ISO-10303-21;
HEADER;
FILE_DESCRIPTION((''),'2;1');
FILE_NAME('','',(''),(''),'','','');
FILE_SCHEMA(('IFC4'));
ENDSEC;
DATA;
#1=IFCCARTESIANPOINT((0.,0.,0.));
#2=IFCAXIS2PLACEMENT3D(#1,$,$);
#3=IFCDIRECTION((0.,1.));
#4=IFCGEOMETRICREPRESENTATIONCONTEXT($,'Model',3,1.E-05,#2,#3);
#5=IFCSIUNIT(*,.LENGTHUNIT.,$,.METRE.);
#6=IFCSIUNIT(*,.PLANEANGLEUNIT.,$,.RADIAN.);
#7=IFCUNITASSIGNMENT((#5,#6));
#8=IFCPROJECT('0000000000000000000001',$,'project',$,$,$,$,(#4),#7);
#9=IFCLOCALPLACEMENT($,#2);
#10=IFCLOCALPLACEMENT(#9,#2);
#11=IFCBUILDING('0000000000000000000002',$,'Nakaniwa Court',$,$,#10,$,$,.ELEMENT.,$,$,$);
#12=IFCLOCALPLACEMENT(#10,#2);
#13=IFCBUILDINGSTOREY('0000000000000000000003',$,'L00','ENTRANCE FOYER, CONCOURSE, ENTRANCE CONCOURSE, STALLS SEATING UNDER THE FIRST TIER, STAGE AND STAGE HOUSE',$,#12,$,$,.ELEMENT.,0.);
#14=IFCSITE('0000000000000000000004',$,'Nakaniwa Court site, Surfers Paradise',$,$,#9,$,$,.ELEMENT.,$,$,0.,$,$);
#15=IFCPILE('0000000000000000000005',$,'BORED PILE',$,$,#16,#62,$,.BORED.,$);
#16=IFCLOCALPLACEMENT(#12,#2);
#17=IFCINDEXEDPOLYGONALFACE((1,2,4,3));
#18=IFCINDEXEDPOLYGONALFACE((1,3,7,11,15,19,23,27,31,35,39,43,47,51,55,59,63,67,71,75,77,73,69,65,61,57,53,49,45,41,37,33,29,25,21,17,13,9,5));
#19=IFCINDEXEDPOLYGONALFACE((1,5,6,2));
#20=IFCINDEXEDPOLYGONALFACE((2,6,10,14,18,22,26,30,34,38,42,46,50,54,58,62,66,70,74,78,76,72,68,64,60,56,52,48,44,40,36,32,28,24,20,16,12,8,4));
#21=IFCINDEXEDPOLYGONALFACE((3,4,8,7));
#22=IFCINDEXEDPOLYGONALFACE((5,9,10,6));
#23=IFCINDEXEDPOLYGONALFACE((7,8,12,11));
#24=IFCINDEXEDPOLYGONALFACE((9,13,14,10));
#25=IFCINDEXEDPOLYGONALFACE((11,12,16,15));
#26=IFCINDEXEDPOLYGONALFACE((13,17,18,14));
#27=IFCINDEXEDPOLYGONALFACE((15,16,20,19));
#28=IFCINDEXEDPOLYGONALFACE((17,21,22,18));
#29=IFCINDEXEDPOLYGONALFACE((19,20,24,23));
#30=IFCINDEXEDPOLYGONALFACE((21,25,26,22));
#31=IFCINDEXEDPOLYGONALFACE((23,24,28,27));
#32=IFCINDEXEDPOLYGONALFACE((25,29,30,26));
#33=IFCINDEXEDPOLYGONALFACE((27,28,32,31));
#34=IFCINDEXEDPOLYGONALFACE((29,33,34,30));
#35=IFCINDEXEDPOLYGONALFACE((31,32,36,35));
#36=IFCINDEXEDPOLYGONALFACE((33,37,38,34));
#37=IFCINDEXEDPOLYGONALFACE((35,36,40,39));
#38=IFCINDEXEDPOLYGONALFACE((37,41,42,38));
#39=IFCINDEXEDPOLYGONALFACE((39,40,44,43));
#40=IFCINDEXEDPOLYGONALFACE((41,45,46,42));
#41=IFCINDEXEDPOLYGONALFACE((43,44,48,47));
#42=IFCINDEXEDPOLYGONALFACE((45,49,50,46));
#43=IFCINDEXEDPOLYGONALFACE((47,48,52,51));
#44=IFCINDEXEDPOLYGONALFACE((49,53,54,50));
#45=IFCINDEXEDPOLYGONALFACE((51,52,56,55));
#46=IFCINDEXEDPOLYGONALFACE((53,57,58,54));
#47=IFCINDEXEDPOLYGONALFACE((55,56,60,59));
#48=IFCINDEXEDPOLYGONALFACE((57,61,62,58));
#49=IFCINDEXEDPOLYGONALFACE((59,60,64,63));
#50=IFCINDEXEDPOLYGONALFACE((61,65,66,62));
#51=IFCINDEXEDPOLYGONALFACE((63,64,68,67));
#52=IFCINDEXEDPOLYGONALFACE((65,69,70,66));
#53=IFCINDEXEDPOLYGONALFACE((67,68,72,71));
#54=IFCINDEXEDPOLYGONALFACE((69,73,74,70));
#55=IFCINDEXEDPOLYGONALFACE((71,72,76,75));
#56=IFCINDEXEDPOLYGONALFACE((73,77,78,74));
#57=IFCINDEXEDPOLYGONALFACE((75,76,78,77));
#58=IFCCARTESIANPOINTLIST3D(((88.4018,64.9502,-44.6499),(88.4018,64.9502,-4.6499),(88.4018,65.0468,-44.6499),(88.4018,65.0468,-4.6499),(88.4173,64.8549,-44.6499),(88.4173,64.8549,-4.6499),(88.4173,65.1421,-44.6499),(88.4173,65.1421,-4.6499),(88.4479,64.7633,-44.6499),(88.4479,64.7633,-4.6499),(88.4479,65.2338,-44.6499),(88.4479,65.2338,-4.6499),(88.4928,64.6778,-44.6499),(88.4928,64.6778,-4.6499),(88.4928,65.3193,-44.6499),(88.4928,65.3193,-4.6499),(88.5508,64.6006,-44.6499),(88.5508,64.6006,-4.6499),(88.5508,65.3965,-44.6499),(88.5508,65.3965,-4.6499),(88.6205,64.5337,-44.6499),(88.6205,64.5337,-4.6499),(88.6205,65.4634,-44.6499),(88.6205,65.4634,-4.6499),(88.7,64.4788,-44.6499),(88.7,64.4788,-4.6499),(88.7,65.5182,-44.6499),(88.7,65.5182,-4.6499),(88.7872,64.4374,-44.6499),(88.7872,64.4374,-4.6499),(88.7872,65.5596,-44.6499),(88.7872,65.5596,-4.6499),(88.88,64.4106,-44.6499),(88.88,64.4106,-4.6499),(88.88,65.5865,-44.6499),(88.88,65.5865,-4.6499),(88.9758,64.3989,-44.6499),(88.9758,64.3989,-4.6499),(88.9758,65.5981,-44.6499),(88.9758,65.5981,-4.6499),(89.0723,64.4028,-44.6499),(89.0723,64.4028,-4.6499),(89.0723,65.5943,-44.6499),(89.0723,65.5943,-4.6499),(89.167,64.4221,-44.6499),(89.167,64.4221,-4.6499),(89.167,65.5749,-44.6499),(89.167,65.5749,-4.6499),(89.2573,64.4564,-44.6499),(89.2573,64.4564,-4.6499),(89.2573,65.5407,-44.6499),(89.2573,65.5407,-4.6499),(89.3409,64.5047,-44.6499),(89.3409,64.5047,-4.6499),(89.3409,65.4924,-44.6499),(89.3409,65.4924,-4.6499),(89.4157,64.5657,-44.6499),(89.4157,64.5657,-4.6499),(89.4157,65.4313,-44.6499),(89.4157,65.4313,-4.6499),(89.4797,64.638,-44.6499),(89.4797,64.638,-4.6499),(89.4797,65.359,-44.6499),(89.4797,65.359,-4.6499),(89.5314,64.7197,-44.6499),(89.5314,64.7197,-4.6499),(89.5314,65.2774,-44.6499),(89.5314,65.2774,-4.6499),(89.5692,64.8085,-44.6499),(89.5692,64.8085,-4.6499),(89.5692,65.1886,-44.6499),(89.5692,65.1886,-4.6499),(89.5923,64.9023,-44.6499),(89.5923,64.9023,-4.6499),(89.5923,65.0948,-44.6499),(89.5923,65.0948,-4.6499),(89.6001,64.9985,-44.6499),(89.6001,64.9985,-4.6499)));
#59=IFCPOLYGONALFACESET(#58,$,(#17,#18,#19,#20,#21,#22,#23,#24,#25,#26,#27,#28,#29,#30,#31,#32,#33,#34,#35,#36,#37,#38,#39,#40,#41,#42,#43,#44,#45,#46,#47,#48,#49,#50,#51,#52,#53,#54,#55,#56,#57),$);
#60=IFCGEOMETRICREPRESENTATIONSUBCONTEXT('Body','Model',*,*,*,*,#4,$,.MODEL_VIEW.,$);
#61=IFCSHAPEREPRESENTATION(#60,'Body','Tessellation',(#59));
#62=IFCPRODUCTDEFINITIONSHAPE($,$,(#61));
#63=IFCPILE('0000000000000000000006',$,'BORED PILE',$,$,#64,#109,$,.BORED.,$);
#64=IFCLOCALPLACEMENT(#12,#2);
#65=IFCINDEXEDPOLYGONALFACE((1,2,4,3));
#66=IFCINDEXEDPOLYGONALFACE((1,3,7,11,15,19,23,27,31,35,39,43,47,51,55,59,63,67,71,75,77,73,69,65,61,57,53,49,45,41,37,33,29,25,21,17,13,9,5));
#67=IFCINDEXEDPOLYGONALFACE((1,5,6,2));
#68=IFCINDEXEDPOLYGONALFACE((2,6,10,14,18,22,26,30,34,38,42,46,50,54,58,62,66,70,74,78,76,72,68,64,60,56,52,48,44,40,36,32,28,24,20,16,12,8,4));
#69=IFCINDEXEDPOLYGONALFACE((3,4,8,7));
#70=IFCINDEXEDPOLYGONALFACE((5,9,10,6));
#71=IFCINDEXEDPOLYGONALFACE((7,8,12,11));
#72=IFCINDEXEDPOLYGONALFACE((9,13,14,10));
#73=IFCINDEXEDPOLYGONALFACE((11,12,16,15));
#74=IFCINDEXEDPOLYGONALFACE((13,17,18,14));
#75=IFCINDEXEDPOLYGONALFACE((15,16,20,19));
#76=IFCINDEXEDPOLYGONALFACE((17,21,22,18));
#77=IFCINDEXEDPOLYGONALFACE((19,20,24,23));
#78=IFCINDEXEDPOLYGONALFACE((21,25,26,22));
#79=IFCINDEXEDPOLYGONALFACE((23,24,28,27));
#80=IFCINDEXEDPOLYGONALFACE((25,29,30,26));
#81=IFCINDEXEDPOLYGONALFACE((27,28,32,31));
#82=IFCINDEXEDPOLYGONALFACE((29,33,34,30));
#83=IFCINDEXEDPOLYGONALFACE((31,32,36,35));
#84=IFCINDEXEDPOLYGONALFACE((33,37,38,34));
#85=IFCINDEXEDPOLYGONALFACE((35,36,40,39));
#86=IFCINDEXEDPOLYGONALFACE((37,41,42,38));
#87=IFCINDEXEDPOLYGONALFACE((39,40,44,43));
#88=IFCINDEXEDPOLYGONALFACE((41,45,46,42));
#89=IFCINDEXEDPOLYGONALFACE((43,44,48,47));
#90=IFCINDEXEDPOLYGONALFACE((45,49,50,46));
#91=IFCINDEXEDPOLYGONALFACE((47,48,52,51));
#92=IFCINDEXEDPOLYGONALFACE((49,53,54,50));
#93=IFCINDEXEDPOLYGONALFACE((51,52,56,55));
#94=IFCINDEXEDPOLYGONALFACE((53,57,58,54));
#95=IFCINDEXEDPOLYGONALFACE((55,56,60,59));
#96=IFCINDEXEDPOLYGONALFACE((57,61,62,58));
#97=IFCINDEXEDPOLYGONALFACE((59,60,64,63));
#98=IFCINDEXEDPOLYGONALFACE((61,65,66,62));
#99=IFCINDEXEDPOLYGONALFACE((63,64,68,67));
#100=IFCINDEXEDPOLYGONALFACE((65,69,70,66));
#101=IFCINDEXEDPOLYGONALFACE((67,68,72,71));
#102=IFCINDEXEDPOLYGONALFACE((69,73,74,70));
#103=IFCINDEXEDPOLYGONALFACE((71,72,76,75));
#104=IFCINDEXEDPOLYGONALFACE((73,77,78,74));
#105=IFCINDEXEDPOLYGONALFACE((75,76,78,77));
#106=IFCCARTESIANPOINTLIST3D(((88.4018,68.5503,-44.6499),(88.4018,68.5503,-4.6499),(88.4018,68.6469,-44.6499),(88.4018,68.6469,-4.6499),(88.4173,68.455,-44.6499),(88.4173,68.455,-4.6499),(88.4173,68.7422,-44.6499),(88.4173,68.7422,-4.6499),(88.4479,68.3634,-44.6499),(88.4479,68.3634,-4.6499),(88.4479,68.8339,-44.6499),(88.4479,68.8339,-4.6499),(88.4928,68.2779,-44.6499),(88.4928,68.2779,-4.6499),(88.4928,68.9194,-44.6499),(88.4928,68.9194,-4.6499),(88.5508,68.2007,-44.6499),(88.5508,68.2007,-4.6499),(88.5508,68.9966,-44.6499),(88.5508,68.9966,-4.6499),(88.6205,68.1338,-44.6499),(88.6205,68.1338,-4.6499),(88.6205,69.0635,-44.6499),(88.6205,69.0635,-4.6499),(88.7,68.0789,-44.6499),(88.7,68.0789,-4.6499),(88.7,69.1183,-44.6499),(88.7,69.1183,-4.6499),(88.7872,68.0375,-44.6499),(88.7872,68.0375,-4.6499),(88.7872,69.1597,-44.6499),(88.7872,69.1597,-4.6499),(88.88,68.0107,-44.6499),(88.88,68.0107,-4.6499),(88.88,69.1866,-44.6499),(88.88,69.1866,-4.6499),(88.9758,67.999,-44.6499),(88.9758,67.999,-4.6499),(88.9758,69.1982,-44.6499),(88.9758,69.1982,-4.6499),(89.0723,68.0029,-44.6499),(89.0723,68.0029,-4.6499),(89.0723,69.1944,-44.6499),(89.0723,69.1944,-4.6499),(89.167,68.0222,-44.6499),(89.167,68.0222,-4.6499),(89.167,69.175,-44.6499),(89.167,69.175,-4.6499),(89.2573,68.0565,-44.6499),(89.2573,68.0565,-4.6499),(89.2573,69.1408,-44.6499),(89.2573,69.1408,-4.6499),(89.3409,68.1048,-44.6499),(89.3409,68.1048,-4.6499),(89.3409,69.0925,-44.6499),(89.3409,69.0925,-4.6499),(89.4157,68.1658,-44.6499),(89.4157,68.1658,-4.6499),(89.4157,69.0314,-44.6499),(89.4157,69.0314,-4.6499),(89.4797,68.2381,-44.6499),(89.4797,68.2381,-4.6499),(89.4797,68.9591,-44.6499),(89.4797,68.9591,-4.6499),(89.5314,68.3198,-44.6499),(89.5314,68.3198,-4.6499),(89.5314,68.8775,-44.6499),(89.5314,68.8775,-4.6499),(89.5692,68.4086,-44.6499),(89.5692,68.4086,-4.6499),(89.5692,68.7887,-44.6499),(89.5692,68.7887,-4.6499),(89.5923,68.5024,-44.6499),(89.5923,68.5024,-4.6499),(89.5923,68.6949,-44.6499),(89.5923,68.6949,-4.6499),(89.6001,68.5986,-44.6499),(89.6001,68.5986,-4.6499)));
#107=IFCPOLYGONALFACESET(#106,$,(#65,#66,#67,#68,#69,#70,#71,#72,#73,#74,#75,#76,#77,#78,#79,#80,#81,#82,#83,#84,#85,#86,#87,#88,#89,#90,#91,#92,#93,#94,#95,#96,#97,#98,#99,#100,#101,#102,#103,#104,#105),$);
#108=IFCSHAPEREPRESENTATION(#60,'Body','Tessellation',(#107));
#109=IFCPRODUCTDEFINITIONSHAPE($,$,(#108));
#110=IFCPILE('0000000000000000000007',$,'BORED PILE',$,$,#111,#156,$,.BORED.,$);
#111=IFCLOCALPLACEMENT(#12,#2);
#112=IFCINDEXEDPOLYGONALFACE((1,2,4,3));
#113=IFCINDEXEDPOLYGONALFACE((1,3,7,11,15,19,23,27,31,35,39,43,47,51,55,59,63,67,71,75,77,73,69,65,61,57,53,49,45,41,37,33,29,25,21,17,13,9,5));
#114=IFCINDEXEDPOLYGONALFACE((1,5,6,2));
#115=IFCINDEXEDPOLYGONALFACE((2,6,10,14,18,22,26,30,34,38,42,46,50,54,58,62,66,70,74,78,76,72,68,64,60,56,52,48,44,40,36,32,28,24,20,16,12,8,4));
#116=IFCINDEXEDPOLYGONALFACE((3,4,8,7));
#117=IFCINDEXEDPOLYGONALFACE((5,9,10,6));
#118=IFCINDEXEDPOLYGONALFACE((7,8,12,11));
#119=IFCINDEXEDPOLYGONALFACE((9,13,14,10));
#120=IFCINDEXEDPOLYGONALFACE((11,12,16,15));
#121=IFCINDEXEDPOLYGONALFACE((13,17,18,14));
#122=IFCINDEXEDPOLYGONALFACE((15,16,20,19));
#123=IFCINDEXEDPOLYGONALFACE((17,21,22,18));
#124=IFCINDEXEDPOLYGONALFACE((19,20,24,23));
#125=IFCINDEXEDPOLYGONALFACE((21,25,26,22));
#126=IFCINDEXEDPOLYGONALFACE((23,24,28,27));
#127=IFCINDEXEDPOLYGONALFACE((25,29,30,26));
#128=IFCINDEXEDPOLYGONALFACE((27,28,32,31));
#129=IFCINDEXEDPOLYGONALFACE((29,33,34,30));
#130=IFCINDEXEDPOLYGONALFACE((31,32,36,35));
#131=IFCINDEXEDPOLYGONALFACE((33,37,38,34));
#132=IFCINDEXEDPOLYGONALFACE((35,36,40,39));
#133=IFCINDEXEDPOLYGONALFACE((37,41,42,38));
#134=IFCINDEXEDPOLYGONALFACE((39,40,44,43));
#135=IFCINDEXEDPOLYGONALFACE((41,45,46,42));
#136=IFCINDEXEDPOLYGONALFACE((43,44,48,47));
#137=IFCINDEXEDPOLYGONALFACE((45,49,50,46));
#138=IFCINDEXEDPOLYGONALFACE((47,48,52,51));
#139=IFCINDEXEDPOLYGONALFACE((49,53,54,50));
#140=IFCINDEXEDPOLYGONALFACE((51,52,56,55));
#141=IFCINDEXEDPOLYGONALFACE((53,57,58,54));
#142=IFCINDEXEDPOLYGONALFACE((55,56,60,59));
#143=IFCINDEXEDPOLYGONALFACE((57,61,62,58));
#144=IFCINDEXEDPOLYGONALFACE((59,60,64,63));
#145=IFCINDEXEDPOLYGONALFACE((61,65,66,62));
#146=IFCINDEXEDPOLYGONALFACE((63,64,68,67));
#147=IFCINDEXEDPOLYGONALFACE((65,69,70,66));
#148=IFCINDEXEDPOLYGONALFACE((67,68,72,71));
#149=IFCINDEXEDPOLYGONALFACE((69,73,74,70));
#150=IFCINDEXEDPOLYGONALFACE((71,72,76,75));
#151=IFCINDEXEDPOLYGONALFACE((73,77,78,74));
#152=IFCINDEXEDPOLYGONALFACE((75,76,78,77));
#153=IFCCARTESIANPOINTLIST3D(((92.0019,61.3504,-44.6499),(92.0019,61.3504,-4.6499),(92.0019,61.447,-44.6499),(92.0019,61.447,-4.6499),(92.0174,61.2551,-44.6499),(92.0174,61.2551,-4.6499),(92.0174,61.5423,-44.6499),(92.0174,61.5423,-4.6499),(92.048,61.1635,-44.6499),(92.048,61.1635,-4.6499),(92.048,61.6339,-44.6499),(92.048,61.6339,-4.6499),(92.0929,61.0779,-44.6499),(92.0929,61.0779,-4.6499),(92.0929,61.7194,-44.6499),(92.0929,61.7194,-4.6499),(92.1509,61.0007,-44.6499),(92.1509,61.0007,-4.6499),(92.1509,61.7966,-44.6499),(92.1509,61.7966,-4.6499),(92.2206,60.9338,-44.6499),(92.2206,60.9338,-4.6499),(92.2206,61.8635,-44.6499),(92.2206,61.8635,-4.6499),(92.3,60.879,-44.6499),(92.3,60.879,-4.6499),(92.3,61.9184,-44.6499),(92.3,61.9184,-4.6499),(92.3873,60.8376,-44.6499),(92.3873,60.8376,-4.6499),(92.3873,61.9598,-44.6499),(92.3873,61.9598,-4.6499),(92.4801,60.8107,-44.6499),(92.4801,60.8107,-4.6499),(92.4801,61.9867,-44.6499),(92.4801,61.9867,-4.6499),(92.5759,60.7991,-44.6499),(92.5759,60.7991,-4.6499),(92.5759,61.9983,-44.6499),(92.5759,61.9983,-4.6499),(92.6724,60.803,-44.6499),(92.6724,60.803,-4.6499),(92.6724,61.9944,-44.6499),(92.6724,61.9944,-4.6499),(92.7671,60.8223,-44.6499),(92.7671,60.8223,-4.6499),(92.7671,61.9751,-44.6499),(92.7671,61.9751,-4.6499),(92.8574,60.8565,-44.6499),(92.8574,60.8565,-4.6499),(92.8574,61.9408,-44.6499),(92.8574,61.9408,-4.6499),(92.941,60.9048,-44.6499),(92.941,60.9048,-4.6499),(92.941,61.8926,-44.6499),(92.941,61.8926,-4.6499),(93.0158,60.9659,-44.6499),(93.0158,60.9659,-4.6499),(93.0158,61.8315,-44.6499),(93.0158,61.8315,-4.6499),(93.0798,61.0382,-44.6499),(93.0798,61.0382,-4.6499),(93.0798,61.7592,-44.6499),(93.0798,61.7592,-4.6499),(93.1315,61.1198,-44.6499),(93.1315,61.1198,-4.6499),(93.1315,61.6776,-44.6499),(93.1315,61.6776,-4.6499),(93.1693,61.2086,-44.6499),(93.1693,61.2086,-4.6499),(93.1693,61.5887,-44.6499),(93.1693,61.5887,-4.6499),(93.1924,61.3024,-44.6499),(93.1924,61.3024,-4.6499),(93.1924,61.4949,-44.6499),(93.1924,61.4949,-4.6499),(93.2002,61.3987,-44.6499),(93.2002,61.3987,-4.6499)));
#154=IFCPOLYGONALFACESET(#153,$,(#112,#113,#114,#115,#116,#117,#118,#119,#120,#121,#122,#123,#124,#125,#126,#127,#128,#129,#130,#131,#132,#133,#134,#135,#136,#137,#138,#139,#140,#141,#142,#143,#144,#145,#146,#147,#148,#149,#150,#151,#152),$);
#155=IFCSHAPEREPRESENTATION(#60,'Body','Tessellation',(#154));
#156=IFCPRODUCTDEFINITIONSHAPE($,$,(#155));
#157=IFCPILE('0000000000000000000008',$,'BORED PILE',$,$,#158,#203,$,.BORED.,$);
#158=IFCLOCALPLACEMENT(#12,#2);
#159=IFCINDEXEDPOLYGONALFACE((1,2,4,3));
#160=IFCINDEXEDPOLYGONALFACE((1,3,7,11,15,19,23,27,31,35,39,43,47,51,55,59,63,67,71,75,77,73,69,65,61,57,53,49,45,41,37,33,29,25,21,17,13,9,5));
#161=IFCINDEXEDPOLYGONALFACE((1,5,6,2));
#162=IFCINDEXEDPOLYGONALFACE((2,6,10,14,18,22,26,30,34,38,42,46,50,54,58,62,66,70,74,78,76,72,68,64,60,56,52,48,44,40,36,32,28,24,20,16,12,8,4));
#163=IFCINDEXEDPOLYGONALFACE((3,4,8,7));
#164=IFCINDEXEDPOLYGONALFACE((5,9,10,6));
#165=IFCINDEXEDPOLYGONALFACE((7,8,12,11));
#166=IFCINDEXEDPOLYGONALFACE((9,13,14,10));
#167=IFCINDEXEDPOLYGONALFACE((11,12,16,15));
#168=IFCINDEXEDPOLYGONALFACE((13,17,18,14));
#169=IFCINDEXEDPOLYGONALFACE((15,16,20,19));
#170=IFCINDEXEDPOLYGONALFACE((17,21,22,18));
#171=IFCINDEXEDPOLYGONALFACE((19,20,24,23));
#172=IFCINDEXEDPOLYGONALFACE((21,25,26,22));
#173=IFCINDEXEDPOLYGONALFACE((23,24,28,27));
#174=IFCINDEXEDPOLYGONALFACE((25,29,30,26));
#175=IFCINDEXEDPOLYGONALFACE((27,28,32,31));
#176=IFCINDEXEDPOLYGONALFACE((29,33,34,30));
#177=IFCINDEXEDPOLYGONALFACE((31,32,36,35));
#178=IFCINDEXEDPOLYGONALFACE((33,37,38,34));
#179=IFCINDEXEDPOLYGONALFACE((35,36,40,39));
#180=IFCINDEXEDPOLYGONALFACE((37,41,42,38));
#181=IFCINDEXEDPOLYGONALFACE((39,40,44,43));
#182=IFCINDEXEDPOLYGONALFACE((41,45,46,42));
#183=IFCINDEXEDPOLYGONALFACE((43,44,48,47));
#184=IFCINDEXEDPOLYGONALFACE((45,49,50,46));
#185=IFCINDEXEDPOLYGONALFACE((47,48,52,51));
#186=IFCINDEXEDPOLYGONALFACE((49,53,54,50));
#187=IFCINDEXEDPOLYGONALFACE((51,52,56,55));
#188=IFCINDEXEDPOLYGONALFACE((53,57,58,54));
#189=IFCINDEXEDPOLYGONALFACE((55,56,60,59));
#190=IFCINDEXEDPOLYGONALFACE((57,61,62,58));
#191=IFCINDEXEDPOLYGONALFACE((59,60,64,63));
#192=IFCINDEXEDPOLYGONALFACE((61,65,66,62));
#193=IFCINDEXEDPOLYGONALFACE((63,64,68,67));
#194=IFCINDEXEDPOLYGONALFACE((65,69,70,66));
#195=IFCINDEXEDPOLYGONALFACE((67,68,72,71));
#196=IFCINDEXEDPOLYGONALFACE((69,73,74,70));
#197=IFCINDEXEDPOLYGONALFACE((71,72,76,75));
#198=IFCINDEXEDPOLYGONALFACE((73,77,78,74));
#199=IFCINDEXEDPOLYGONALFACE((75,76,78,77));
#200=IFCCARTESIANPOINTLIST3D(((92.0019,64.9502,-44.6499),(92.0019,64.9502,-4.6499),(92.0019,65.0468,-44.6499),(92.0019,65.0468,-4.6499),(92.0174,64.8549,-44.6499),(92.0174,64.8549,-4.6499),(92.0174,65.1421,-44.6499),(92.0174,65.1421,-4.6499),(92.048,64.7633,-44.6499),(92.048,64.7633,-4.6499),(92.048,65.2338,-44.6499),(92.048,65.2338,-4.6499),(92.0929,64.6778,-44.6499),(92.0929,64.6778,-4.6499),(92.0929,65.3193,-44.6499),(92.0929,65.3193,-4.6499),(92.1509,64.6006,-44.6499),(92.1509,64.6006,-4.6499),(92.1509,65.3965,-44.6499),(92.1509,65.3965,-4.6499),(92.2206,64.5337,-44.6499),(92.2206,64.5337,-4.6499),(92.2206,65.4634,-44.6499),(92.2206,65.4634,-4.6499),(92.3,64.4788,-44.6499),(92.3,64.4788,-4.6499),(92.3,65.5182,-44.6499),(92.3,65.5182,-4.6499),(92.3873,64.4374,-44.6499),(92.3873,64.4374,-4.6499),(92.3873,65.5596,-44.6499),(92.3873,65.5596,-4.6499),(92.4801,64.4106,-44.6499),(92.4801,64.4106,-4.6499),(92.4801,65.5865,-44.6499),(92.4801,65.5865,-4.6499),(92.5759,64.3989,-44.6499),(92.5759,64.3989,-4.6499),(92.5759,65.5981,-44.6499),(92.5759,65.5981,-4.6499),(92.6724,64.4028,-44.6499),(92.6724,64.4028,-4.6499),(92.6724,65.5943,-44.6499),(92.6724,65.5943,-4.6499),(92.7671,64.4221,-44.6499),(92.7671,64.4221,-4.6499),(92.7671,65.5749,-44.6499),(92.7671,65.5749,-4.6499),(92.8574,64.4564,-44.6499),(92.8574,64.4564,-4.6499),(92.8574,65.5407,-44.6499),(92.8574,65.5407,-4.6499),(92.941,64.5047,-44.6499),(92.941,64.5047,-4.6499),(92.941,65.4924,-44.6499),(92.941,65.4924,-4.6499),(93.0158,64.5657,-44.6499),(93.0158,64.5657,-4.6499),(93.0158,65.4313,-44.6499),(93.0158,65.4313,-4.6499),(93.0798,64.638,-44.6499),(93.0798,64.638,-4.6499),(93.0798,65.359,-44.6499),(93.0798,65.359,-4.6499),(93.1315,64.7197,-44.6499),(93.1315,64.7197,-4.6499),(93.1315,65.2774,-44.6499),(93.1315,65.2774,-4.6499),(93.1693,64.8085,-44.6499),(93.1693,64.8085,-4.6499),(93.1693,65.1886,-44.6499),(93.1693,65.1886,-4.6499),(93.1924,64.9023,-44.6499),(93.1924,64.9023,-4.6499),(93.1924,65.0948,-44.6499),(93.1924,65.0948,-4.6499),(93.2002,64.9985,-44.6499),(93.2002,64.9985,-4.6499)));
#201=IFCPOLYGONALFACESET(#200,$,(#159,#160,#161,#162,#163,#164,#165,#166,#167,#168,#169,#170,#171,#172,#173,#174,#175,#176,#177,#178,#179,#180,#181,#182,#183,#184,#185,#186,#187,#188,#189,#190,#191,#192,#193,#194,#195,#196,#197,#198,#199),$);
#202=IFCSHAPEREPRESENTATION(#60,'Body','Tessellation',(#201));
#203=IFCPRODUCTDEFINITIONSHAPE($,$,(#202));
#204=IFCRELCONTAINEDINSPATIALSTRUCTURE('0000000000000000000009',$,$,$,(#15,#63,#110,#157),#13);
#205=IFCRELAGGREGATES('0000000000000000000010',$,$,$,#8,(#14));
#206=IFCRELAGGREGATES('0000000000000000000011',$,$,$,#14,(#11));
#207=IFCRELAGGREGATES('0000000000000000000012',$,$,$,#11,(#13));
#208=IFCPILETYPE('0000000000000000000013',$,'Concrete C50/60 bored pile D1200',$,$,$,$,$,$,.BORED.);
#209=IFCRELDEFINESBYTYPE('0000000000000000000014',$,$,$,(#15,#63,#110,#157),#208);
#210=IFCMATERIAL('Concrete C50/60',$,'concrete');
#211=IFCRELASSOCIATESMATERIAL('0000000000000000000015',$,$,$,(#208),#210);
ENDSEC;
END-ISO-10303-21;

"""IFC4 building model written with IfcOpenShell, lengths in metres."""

from ifc_helpers import new_model, si_unit, direction, frame, origin, origin_2d, place, context, subcontext, project, spatial, circle, extrude, material, material_profile, profile_set, type_object, element, save


model = new_model("IFC4")

# Units and contexts
model_context = context("Model", 3, precision=1e-05, world=origin(), true_north=direction((0.0, 1.0)))
body_context = subcontext(model_context, "Body", "Model", "MODEL_VIEW")
ifc_project = project(units=[si_unit("LENGTHUNIT", "METRE"), si_unit("PLANEANGLEUNIT", "RADIAN")], contexts=[model_context])

# Site, building, storey
site_placement = place(None, origin())
site = spatial("IfcSite", under=ifc_project, at=site_placement, Name="Nakaniwa Court site, Surfers Paradise", CompositionType="ELEMENT", RefElevation=0.0)
building_placement = place(site_placement, origin())
building = spatial("IfcBuilding", under=site, at=building_placement, Name="Nakaniwa Court", CompositionType="ELEMENT")
storey_placement = place(building_placement, origin())
storey = spatial("IfcBuildingStorey", under=building, at=storey_placement, Name="L00", Description="ENTRANCE FOYER, CONCOURSE, ENTRANCE CONCOURSE, STALLS SEATING UNDER THE FIRST TIER, STAGE AND STAGE HOUSE", CompositionType="ELEMENT", Elevation=0.0)

# Piles
ifc_material_1 = material(Name="Concrete C50/60", Category="concrete")
ifc_material_profile_1 = material_profile(ifc_material_1, circle(Radius=0.6001, at=origin_2d()), Name="Concrete C50/60 bored pile D1200")
ifc_profile_set_1 = profile_set([ifc_material_profile_1], Name="Concrete C50/60")
pile_type = type_object("IfcPileType", Name="Concrete C50/60 bored pile D1200", PredefinedType="BORED", material=ifc_profile_set_1)
for number, where, z_axis, x_axis, name in (
    (1, (89.0, 64.9985, -4.6499), (0.0, 0.0, -1.0), (1.0, 0.0, 0.0), "BORED PILE"),
    (2, (89.0, 68.5986, -4.6499), (0.0, 0.0, -1.0), (1.0, 0.0, 0.0), "BORED PILE"),
    (3, (92.6001, 61.3987, -4.6499), (0.0, 0.0, -1.0), (1.0, 0.0, 0.0), "BORED PILE"),
    (4, (92.6001, 64.9985, -4.6499), (0.0, 0.0, -1.0), (1.0, 0.0, 0.0), "BORED PILE"),
):
    element("IfcPile", number, at=place(storey_placement, frame(where, z_axis=z_axis, x_axis=x_axis)), inside=storey, type_object=pile_type, Name=name, PredefinedType="BORED", context=body_context, shape_type="SweptSolid", body=[
        extrude(circle(Radius=0.6001, at=origin_2d()), origin(), (0.0, 0.0, 1.0), 40.0),
    ])

save(model, "model.ifc")
